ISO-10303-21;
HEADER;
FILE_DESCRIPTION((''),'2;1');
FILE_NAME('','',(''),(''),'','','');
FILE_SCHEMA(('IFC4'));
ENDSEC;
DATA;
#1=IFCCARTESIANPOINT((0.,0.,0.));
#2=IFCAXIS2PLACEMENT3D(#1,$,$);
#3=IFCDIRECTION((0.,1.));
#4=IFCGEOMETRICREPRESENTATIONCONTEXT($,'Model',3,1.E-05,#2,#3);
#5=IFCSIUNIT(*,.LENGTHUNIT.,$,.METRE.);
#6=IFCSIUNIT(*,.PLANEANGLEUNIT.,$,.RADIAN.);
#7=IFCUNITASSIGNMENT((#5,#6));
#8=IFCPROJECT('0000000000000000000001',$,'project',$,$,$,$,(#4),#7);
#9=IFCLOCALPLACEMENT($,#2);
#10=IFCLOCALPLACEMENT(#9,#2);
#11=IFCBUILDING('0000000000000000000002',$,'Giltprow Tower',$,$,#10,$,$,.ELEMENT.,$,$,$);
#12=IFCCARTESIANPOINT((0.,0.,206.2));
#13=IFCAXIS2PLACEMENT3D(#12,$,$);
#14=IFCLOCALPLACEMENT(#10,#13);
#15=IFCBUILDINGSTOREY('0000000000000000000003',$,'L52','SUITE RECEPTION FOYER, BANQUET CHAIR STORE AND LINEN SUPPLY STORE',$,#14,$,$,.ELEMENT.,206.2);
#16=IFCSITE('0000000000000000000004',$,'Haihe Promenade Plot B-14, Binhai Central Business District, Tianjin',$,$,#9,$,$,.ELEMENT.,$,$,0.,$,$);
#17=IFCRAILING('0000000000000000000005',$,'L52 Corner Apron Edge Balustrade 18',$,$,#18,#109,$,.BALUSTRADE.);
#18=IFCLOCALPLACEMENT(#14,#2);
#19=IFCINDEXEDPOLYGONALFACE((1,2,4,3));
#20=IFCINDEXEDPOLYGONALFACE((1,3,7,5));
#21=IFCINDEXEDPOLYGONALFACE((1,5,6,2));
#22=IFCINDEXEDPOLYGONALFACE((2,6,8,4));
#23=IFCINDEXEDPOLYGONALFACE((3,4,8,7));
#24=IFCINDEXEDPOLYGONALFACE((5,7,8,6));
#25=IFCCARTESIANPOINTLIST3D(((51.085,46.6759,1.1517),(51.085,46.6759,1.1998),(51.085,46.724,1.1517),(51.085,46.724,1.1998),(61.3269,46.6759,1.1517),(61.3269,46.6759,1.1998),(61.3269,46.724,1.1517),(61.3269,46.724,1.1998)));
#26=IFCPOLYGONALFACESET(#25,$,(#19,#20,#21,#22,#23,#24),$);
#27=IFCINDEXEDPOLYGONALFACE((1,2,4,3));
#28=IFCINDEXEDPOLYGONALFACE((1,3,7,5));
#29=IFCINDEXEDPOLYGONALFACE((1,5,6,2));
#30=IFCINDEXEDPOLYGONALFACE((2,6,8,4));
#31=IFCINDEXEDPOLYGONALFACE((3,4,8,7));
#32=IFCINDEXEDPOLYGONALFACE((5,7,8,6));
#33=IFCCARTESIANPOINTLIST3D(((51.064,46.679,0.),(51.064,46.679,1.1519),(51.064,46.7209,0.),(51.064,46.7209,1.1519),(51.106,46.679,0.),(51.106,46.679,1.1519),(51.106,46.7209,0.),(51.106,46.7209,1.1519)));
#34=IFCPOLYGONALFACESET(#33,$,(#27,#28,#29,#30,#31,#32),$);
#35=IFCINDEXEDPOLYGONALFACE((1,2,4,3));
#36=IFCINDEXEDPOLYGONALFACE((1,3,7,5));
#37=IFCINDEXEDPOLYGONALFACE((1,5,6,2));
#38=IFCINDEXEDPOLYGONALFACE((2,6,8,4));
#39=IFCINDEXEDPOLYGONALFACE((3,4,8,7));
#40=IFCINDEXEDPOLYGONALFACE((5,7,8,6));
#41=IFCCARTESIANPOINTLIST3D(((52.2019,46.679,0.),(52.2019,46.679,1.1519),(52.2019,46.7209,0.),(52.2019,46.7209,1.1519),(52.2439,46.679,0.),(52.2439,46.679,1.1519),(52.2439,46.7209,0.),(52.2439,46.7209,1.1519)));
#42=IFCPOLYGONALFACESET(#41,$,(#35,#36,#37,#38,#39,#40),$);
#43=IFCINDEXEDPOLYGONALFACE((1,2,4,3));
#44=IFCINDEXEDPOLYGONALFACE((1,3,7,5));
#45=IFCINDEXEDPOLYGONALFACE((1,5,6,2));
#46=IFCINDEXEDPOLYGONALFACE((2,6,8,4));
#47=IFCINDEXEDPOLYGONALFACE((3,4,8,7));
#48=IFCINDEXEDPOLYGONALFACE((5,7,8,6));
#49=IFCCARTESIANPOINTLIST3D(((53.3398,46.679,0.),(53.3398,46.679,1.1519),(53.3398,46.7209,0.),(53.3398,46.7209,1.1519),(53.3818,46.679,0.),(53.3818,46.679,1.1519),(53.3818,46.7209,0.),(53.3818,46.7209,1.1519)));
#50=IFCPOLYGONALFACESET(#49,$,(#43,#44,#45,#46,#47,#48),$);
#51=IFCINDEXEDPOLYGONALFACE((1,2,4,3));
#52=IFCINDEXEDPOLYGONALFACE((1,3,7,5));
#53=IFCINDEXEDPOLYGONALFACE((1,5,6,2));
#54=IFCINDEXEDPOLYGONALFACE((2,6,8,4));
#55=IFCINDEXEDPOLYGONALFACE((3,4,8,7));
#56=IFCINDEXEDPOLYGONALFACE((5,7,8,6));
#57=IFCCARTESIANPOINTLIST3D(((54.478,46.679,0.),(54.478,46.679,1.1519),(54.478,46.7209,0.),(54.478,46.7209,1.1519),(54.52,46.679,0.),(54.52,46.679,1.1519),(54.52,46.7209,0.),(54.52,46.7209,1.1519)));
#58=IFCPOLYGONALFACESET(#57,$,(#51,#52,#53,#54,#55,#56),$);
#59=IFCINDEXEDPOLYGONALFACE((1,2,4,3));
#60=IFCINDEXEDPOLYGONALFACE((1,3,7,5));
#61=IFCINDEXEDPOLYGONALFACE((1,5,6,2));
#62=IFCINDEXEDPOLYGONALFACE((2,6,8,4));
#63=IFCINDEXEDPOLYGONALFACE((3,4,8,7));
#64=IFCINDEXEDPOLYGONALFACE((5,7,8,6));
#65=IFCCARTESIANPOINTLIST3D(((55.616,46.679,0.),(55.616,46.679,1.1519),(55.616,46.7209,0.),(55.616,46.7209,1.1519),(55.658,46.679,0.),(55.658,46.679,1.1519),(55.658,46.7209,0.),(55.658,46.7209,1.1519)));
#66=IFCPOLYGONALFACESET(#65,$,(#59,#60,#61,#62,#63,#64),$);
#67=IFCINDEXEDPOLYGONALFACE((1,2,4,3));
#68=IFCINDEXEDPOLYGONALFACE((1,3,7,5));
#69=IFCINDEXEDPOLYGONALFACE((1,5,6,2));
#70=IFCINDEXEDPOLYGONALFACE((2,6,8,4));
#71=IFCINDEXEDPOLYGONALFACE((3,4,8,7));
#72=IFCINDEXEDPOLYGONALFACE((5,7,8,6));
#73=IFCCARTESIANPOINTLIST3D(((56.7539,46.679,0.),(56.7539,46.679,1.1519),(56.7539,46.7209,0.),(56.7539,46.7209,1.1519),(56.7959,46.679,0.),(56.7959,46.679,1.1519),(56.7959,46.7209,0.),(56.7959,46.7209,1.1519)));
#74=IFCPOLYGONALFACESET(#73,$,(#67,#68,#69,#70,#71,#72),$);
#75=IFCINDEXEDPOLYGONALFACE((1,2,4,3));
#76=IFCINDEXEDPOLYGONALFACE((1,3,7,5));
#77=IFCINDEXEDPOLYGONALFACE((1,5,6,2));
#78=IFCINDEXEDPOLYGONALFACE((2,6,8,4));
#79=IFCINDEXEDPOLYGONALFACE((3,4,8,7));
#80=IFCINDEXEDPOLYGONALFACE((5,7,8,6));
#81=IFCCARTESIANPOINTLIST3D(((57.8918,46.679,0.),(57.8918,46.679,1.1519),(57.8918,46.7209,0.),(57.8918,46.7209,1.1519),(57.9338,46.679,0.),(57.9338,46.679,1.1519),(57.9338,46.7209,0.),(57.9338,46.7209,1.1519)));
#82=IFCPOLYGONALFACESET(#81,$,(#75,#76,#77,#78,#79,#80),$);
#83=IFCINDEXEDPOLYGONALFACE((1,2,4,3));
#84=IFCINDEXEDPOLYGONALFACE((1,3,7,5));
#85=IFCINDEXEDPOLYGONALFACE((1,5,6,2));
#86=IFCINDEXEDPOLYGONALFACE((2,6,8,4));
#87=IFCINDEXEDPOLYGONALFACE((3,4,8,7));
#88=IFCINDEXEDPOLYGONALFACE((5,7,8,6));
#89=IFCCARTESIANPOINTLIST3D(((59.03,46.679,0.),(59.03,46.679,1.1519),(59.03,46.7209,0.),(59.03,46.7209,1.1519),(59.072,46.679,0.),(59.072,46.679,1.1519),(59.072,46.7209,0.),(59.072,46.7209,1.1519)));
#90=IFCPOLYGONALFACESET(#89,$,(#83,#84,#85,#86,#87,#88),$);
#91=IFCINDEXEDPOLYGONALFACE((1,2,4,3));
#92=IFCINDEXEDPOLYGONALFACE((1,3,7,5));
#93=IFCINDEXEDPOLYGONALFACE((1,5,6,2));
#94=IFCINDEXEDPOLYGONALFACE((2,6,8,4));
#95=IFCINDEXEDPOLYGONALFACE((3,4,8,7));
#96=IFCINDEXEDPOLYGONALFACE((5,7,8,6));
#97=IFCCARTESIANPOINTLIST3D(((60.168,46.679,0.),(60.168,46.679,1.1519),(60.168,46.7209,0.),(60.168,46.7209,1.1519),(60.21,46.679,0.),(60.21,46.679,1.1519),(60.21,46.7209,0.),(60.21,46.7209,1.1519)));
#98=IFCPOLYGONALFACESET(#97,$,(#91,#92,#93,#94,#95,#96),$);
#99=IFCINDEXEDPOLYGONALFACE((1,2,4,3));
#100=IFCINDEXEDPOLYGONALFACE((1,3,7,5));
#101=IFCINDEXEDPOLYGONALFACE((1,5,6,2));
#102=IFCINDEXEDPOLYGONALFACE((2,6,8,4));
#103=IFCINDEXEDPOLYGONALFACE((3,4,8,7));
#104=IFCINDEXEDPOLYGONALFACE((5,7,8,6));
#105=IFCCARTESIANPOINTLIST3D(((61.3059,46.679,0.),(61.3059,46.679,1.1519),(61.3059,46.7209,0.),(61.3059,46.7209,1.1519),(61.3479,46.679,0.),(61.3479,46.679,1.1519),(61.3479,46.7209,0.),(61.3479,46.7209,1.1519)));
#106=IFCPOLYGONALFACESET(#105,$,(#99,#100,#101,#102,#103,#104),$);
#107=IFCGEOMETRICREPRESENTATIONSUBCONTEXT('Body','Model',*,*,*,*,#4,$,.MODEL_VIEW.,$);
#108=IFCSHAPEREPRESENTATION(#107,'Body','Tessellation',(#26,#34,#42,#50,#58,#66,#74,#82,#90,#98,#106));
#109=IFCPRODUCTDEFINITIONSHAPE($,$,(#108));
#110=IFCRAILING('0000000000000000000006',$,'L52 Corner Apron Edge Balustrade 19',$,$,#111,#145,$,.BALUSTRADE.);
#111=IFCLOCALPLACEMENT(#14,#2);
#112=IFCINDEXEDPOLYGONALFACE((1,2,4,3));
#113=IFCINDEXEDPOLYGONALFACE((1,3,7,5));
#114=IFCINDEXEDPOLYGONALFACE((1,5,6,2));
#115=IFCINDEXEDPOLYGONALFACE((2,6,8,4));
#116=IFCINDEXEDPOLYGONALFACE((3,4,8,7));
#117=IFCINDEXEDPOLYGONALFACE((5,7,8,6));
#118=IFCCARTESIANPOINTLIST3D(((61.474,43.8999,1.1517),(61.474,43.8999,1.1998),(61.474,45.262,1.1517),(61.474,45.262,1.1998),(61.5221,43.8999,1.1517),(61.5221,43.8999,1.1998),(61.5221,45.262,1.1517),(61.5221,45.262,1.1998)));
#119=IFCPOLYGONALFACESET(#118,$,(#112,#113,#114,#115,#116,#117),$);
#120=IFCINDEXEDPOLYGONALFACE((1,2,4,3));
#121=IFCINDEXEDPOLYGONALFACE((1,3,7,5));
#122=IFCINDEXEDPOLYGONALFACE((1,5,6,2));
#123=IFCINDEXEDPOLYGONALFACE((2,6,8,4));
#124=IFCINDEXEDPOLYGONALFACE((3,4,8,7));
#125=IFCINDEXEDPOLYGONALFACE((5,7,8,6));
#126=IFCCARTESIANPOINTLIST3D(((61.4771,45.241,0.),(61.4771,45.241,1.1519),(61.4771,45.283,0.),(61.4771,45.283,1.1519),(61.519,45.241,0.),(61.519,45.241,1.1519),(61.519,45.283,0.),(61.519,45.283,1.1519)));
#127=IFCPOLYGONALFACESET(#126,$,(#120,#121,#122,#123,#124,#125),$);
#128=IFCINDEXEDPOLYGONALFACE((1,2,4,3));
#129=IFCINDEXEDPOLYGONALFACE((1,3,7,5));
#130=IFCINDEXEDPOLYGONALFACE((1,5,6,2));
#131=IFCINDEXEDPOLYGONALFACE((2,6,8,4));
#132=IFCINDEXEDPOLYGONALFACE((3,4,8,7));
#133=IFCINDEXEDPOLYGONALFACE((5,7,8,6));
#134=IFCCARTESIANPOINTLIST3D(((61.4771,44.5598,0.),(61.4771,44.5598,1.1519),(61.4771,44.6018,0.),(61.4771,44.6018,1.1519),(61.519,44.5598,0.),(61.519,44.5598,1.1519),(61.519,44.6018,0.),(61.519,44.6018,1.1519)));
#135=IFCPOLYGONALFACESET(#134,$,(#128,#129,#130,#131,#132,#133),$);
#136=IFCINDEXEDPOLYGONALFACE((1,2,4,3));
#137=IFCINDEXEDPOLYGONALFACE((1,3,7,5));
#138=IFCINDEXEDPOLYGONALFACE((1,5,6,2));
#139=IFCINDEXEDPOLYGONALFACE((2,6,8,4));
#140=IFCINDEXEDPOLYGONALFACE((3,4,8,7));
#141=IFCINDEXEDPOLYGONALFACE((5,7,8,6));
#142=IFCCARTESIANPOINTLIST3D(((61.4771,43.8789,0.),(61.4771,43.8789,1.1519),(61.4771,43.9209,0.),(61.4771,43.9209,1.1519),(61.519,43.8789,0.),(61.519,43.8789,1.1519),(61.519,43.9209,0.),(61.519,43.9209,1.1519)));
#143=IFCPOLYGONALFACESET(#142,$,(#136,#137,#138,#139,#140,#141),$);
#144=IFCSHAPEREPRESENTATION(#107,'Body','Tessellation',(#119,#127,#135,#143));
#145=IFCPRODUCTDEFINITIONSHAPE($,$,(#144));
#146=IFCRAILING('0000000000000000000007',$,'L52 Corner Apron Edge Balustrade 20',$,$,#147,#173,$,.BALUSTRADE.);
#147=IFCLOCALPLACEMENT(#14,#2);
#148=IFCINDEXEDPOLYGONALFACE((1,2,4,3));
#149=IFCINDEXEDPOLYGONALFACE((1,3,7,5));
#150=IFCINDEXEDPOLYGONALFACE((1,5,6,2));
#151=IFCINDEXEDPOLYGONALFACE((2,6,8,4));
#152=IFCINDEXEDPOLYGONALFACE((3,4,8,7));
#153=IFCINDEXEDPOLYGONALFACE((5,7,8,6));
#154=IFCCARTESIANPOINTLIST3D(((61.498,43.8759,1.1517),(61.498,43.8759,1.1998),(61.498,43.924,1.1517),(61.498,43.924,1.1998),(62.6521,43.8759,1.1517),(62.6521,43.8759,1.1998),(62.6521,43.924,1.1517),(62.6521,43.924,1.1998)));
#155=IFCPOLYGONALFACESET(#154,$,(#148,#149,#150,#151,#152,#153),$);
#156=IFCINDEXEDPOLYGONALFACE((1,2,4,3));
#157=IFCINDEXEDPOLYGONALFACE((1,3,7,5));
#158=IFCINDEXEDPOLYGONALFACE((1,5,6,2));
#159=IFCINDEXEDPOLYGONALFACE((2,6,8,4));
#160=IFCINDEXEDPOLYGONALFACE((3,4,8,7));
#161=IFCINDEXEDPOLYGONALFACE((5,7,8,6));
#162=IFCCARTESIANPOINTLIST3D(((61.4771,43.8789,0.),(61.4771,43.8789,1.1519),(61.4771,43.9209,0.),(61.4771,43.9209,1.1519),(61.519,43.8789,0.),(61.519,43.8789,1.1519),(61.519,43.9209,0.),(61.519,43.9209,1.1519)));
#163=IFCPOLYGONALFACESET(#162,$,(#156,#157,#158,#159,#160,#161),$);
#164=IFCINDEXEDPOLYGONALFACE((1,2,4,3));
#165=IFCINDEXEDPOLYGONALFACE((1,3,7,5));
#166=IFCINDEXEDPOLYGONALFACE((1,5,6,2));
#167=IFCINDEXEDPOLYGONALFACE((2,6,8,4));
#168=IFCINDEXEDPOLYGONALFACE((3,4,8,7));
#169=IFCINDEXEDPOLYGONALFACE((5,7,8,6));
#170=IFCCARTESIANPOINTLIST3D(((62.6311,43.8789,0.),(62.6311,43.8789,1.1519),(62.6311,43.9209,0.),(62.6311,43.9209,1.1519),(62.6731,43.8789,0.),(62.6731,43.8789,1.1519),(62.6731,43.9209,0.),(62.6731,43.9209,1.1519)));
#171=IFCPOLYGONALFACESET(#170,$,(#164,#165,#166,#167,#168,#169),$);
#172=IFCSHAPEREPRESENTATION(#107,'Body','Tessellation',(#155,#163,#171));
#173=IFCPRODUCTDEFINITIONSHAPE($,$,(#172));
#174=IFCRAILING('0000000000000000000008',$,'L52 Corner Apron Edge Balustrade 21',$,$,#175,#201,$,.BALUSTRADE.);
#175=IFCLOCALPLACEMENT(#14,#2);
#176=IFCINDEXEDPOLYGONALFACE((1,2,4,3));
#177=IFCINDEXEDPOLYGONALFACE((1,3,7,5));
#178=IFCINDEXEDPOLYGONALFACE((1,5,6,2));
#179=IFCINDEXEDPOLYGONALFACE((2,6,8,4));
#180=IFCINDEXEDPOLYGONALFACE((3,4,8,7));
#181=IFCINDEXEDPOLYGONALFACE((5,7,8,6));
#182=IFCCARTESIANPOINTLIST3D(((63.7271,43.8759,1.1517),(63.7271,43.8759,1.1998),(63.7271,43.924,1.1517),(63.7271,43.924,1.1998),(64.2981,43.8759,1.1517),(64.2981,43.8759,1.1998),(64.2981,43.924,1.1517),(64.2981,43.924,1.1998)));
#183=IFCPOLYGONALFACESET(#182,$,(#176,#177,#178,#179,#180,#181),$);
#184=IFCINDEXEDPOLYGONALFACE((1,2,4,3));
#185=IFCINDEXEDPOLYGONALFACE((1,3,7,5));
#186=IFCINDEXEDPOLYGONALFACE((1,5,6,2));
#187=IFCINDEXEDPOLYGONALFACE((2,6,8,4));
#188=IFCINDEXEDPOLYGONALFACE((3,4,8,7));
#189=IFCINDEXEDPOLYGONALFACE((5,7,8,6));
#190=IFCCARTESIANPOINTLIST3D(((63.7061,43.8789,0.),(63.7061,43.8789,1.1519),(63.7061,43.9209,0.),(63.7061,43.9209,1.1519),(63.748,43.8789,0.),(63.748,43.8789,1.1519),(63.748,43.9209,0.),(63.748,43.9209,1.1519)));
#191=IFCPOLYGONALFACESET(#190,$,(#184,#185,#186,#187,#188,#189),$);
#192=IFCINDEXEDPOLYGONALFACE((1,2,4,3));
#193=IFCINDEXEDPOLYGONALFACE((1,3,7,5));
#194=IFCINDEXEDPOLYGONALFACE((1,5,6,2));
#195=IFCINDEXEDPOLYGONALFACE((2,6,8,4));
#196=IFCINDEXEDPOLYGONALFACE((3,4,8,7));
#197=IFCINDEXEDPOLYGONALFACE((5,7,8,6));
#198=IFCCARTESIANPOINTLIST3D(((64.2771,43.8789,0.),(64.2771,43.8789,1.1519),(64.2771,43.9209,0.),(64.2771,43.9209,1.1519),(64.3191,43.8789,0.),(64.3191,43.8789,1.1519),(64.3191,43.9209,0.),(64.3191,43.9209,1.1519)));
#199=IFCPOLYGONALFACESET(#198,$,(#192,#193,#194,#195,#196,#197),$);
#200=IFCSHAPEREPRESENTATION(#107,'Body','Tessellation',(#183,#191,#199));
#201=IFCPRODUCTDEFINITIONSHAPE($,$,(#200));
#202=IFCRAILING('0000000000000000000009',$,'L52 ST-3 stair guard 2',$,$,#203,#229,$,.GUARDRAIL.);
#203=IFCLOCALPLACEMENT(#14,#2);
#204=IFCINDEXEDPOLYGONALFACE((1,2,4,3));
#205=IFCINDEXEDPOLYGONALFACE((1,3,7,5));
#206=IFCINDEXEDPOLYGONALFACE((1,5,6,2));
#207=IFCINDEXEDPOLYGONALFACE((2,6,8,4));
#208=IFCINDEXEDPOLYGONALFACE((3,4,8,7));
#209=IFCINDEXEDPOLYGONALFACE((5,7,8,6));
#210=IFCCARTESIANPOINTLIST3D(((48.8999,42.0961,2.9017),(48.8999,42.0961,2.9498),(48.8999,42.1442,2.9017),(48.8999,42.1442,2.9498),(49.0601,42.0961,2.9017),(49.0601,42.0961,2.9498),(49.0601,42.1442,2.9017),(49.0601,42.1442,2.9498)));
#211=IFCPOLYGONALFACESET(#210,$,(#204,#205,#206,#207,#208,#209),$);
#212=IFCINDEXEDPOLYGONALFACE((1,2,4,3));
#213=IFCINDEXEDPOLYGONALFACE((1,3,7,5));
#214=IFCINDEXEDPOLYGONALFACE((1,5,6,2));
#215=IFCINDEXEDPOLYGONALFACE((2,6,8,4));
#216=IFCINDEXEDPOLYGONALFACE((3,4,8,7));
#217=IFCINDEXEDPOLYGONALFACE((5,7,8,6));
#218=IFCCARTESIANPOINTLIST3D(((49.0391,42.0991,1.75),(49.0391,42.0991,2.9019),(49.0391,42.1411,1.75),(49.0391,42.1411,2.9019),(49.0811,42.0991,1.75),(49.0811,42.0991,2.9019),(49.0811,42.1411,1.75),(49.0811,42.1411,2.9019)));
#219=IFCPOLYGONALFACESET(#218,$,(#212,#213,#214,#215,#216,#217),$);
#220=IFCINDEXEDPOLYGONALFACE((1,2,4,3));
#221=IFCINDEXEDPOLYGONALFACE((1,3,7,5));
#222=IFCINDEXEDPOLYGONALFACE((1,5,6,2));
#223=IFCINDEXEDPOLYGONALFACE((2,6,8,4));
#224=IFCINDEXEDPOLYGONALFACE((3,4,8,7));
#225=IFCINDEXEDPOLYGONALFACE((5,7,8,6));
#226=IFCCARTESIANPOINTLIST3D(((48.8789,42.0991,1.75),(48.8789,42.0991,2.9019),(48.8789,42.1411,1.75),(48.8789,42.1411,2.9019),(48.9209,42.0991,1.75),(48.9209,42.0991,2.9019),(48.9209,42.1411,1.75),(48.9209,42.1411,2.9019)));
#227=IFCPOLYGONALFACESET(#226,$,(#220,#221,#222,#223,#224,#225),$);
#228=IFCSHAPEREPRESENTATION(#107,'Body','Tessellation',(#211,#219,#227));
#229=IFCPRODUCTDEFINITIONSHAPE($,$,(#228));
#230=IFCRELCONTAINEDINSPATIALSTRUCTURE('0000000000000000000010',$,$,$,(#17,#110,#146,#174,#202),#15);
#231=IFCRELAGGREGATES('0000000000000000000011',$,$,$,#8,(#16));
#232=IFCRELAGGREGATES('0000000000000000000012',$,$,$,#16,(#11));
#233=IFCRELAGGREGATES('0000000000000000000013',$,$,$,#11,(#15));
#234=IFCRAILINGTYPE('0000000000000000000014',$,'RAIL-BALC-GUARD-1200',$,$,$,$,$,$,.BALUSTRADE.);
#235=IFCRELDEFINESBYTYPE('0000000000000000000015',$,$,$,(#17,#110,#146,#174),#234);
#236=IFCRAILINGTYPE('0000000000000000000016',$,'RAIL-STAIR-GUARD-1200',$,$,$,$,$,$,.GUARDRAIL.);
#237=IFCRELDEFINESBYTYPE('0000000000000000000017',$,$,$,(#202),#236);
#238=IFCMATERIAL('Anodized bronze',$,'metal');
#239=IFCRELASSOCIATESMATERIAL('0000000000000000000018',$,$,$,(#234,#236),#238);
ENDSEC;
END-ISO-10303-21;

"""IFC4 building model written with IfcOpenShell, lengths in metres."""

from ifc_helpers import new_model, si_unit, direction, frame, origin, origin_2d, place, context, subcontext, project, spatial, rectangle, extrude, material, type_object, element, save


model = new_model("IFC4")

# Units and contexts
model_context = context("Model", 3, precision=1e-05, world=origin(), true_north=direction((0.0, 1.0)))
body_context = subcontext(model_context, "Body", "Model", "MODEL_VIEW")
ifc_project = project(units=[si_unit("LENGTHUNIT", "METRE"), si_unit("PLANEANGLEUNIT", "RADIAN")], contexts=[model_context])

# Site, building, storey
site_placement = place(None, origin())
site = spatial("IfcSite", under=ifc_project, at=site_placement, Name="Haihe Promenade Plot B-14, Binhai Central Business District, Tianjin", CompositionType="ELEMENT", RefElevation=0.0)
building_placement = place(site_placement, origin())
building = spatial("IfcBuilding", under=site, at=building_placement, Name="Giltprow Tower", CompositionType="ELEMENT")
storey_placement = place(building_placement, frame((0.0, 0.0, 206.2)))
storey = spatial("IfcBuildingStorey", under=building, at=storey_placement, Name="L52", Description="SUITE RECEPTION FOYER, BANQUET CHAIR STORE AND LINEN SUPPLY STORE", CompositionType="ELEMENT", Elevation=206.2)

# Railings
ifc_material_1 = material(Name="Anodized bronze", Category="metal")
railing_type_1 = type_object("IfcRailingType", Name="RAIL-BALC-GUARD-1200", PredefinedType="BALUSTRADE", material=ifc_material_1)
railing_1_placement = place(storey_placement, frame((51.085, 46.7, 0.0)))
element("IfcRailing", 1, at=railing_1_placement, inside=storey, type_object=railing_type_1, Name="L52 Corner Apron Edge Balustrade 18", PredefinedType="BALUSTRADE", context=body_context, shape_type="SweptSolid", body=[
    extrude(rectangle(XDim=0.0481, YDim=0.0481, at=origin_2d()), frame((0.0, 0.0, 1.1758), z_axis=(1.0, 0.0, 0.0), x_axis=(0.0, 1.0, 0.0)), (0.0, 0.0, 1.0), 10.2419),
    extrude(rectangle(XDim=0.042, YDim=0.042, at=origin_2d()), origin(), (0.0, 0.0, 1.0), 1.1519),
    extrude(rectangle(XDim=0.042, YDim=0.042, at=origin_2d()), frame((1.1379, 0.0, 0.0)), (0.0, 0.0, 1.0), 1.1519),
    extrude(rectangle(XDim=0.042, YDim=0.042, at=origin_2d()), frame((2.2759, 0.0, 0.0)), (0.0, 0.0, 1.0), 1.1519),
    extrude(rectangle(XDim=0.042, YDim=0.042, at=origin_2d()), frame((3.4141, 0.0, 0.0)), (0.0, 0.0, 1.0), 1.1519),
    extrude(rectangle(XDim=0.042, YDim=0.042, at=origin_2d()), frame((4.552, 0.0, 0.0)), (0.0, 0.0, 1.0), 1.1519),
    extrude(rectangle(XDim=0.042, YDim=0.042, at=origin_2d()), frame((5.6899, 0.0, 0.0)), (0.0, 0.0, 1.0), 1.1519),
    extrude(rectangle(XDim=0.042, YDim=0.042, at=origin_2d()), frame((6.8279, 0.0, 0.0)), (0.0, 0.0, 1.0), 1.1519),
    extrude(rectangle(XDim=0.042, YDim=0.042, at=origin_2d()), frame((7.9661, 0.0, 0.0)), (0.0, 0.0, 1.0), 1.1519),
    extrude(rectangle(XDim=0.042, YDim=0.042, at=origin_2d()), frame((9.104, 0.0, 0.0)), (0.0, 0.0, 1.0), 1.1519),
    extrude(rectangle(XDim=0.042, YDim=0.042, at=origin_2d()), frame((10.2419, 0.0, 0.0)), (0.0, 0.0, 1.0), 1.1519),
])
railing_2_placement = place(storey_placement, frame((61.498, 45.262, 0.0)))
element("IfcRailing", 2, at=railing_2_placement, inside=storey, type_object=railing_type_1, Name="L52 Corner Apron Edge Balustrade 19", PredefinedType="BALUSTRADE", context=body_context, shape_type="SweptSolid", body=[
    extrude(rectangle(XDim=0.0481, YDim=0.0481, at=origin_2d()), frame((0.0, 0.0, 1.1758), z_axis=(0.0, -1.0, 0.0), x_axis=(1.0, 0.0, 0.0)), (0.0, 0.0, 1.0), 1.3621),
    extrude(rectangle(XDim=0.042, YDim=0.042, at=origin_2d()), origin(), (0.0, 0.0, 1.0), 1.1519),
    extrude(rectangle(XDim=0.042, YDim=0.042, at=origin_2d()), frame((0.0, -0.6812, 0.0)), (0.0, 0.0, 1.0), 1.1519),
    extrude(rectangle(XDim=0.042, YDim=0.042, at=origin_2d()), frame((0.0, -1.3621, 0.0)), (0.0, 0.0, 1.0), 1.1519),
])
railing_3_placement = place(storey_placement, frame((61.498, 43.8999, 0.0)))
element("IfcRailing", 3, at=railing_3_placement, inside=storey, type_object=railing_type_1, Name="L52 Corner Apron Edge Balustrade 20", PredefinedType="BALUSTRADE", context=body_context, shape_type="SweptSolid", body=[
    extrude(rectangle(XDim=0.0481, YDim=0.0481, at=origin_2d()), frame((0.0, 0.0, 1.1758), z_axis=(1.0, 0.0, 0.0), x_axis=(0.0, 1.0, 0.0)), (0.0, 0.0, 1.0), 1.1541),
    extrude(rectangle(XDim=0.042, YDim=0.042, at=origin_2d()), origin(), (0.0, 0.0, 1.0), 1.1519),
    extrude(rectangle(XDim=0.042, YDim=0.042, at=origin_2d()), frame((1.1541, 0.0, 0.0)), (0.0, 0.0, 1.0), 1.1519),
])
railing_4_placement = place(storey_placement, frame((63.7271, 43.8999, 0.0)))
element("IfcRailing", 4, at=railing_4_placement, inside=storey, type_object=railing_type_1, Name="L52 Corner Apron Edge Balustrade 21", PredefinedType="BALUSTRADE", context=body_context, shape_type="SweptSolid", body=[
    extrude(rectangle(XDim=0.0481, YDim=0.0481, at=origin_2d()), frame((0.0, 0.0, 1.1758), z_axis=(1.0, 0.0, 0.0), x_axis=(0.0, 1.0, 0.0)), (0.0, 0.0, 1.0), 0.571),
    extrude(rectangle(XDim=0.042, YDim=0.042, at=origin_2d()), origin(), (0.0, 0.0, 1.0), 1.1519),
    extrude(rectangle(XDim=0.042, YDim=0.042, at=origin_2d()), frame((0.571, 0.0, 0.0)), (0.0, 0.0, 1.0), 1.1519),
])
railing_type_2 = type_object("IfcRailingType", Name="RAIL-STAIR-GUARD-1200", PredefinedType="GUARDRAIL", material=ifc_material_1)
railing_5_placement = place(storey_placement, frame((49.0601, 42.1201, 1.75)))
element("IfcRailing", 5, at=railing_5_placement, inside=storey, type_object=railing_type_2, Name="L52 ST-3 stair guard 2", PredefinedType="GUARDRAIL", context=body_context, shape_type="SweptSolid", body=[
    extrude(rectangle(XDim=0.0481, YDim=0.0481, at=origin_2d()), frame((0.0, 0.0, 1.1758), z_axis=(-1.0, 0.0, 0.0), x_axis=(0.0, -1.0, 0.0)), (0.0, 0.0, 1.0), 0.1602),
    extrude(rectangle(XDim=0.042, YDim=0.042, at=origin_2d()), origin(), (0.0, 0.0, 1.0), 1.1519),
    extrude(rectangle(XDim=0.042, YDim=0.042, at=origin_2d()), frame((-0.1602, 0.0, 0.0)), (0.0, 0.0, 1.0), 1.1519),
])

save(model, "model.ifc")
